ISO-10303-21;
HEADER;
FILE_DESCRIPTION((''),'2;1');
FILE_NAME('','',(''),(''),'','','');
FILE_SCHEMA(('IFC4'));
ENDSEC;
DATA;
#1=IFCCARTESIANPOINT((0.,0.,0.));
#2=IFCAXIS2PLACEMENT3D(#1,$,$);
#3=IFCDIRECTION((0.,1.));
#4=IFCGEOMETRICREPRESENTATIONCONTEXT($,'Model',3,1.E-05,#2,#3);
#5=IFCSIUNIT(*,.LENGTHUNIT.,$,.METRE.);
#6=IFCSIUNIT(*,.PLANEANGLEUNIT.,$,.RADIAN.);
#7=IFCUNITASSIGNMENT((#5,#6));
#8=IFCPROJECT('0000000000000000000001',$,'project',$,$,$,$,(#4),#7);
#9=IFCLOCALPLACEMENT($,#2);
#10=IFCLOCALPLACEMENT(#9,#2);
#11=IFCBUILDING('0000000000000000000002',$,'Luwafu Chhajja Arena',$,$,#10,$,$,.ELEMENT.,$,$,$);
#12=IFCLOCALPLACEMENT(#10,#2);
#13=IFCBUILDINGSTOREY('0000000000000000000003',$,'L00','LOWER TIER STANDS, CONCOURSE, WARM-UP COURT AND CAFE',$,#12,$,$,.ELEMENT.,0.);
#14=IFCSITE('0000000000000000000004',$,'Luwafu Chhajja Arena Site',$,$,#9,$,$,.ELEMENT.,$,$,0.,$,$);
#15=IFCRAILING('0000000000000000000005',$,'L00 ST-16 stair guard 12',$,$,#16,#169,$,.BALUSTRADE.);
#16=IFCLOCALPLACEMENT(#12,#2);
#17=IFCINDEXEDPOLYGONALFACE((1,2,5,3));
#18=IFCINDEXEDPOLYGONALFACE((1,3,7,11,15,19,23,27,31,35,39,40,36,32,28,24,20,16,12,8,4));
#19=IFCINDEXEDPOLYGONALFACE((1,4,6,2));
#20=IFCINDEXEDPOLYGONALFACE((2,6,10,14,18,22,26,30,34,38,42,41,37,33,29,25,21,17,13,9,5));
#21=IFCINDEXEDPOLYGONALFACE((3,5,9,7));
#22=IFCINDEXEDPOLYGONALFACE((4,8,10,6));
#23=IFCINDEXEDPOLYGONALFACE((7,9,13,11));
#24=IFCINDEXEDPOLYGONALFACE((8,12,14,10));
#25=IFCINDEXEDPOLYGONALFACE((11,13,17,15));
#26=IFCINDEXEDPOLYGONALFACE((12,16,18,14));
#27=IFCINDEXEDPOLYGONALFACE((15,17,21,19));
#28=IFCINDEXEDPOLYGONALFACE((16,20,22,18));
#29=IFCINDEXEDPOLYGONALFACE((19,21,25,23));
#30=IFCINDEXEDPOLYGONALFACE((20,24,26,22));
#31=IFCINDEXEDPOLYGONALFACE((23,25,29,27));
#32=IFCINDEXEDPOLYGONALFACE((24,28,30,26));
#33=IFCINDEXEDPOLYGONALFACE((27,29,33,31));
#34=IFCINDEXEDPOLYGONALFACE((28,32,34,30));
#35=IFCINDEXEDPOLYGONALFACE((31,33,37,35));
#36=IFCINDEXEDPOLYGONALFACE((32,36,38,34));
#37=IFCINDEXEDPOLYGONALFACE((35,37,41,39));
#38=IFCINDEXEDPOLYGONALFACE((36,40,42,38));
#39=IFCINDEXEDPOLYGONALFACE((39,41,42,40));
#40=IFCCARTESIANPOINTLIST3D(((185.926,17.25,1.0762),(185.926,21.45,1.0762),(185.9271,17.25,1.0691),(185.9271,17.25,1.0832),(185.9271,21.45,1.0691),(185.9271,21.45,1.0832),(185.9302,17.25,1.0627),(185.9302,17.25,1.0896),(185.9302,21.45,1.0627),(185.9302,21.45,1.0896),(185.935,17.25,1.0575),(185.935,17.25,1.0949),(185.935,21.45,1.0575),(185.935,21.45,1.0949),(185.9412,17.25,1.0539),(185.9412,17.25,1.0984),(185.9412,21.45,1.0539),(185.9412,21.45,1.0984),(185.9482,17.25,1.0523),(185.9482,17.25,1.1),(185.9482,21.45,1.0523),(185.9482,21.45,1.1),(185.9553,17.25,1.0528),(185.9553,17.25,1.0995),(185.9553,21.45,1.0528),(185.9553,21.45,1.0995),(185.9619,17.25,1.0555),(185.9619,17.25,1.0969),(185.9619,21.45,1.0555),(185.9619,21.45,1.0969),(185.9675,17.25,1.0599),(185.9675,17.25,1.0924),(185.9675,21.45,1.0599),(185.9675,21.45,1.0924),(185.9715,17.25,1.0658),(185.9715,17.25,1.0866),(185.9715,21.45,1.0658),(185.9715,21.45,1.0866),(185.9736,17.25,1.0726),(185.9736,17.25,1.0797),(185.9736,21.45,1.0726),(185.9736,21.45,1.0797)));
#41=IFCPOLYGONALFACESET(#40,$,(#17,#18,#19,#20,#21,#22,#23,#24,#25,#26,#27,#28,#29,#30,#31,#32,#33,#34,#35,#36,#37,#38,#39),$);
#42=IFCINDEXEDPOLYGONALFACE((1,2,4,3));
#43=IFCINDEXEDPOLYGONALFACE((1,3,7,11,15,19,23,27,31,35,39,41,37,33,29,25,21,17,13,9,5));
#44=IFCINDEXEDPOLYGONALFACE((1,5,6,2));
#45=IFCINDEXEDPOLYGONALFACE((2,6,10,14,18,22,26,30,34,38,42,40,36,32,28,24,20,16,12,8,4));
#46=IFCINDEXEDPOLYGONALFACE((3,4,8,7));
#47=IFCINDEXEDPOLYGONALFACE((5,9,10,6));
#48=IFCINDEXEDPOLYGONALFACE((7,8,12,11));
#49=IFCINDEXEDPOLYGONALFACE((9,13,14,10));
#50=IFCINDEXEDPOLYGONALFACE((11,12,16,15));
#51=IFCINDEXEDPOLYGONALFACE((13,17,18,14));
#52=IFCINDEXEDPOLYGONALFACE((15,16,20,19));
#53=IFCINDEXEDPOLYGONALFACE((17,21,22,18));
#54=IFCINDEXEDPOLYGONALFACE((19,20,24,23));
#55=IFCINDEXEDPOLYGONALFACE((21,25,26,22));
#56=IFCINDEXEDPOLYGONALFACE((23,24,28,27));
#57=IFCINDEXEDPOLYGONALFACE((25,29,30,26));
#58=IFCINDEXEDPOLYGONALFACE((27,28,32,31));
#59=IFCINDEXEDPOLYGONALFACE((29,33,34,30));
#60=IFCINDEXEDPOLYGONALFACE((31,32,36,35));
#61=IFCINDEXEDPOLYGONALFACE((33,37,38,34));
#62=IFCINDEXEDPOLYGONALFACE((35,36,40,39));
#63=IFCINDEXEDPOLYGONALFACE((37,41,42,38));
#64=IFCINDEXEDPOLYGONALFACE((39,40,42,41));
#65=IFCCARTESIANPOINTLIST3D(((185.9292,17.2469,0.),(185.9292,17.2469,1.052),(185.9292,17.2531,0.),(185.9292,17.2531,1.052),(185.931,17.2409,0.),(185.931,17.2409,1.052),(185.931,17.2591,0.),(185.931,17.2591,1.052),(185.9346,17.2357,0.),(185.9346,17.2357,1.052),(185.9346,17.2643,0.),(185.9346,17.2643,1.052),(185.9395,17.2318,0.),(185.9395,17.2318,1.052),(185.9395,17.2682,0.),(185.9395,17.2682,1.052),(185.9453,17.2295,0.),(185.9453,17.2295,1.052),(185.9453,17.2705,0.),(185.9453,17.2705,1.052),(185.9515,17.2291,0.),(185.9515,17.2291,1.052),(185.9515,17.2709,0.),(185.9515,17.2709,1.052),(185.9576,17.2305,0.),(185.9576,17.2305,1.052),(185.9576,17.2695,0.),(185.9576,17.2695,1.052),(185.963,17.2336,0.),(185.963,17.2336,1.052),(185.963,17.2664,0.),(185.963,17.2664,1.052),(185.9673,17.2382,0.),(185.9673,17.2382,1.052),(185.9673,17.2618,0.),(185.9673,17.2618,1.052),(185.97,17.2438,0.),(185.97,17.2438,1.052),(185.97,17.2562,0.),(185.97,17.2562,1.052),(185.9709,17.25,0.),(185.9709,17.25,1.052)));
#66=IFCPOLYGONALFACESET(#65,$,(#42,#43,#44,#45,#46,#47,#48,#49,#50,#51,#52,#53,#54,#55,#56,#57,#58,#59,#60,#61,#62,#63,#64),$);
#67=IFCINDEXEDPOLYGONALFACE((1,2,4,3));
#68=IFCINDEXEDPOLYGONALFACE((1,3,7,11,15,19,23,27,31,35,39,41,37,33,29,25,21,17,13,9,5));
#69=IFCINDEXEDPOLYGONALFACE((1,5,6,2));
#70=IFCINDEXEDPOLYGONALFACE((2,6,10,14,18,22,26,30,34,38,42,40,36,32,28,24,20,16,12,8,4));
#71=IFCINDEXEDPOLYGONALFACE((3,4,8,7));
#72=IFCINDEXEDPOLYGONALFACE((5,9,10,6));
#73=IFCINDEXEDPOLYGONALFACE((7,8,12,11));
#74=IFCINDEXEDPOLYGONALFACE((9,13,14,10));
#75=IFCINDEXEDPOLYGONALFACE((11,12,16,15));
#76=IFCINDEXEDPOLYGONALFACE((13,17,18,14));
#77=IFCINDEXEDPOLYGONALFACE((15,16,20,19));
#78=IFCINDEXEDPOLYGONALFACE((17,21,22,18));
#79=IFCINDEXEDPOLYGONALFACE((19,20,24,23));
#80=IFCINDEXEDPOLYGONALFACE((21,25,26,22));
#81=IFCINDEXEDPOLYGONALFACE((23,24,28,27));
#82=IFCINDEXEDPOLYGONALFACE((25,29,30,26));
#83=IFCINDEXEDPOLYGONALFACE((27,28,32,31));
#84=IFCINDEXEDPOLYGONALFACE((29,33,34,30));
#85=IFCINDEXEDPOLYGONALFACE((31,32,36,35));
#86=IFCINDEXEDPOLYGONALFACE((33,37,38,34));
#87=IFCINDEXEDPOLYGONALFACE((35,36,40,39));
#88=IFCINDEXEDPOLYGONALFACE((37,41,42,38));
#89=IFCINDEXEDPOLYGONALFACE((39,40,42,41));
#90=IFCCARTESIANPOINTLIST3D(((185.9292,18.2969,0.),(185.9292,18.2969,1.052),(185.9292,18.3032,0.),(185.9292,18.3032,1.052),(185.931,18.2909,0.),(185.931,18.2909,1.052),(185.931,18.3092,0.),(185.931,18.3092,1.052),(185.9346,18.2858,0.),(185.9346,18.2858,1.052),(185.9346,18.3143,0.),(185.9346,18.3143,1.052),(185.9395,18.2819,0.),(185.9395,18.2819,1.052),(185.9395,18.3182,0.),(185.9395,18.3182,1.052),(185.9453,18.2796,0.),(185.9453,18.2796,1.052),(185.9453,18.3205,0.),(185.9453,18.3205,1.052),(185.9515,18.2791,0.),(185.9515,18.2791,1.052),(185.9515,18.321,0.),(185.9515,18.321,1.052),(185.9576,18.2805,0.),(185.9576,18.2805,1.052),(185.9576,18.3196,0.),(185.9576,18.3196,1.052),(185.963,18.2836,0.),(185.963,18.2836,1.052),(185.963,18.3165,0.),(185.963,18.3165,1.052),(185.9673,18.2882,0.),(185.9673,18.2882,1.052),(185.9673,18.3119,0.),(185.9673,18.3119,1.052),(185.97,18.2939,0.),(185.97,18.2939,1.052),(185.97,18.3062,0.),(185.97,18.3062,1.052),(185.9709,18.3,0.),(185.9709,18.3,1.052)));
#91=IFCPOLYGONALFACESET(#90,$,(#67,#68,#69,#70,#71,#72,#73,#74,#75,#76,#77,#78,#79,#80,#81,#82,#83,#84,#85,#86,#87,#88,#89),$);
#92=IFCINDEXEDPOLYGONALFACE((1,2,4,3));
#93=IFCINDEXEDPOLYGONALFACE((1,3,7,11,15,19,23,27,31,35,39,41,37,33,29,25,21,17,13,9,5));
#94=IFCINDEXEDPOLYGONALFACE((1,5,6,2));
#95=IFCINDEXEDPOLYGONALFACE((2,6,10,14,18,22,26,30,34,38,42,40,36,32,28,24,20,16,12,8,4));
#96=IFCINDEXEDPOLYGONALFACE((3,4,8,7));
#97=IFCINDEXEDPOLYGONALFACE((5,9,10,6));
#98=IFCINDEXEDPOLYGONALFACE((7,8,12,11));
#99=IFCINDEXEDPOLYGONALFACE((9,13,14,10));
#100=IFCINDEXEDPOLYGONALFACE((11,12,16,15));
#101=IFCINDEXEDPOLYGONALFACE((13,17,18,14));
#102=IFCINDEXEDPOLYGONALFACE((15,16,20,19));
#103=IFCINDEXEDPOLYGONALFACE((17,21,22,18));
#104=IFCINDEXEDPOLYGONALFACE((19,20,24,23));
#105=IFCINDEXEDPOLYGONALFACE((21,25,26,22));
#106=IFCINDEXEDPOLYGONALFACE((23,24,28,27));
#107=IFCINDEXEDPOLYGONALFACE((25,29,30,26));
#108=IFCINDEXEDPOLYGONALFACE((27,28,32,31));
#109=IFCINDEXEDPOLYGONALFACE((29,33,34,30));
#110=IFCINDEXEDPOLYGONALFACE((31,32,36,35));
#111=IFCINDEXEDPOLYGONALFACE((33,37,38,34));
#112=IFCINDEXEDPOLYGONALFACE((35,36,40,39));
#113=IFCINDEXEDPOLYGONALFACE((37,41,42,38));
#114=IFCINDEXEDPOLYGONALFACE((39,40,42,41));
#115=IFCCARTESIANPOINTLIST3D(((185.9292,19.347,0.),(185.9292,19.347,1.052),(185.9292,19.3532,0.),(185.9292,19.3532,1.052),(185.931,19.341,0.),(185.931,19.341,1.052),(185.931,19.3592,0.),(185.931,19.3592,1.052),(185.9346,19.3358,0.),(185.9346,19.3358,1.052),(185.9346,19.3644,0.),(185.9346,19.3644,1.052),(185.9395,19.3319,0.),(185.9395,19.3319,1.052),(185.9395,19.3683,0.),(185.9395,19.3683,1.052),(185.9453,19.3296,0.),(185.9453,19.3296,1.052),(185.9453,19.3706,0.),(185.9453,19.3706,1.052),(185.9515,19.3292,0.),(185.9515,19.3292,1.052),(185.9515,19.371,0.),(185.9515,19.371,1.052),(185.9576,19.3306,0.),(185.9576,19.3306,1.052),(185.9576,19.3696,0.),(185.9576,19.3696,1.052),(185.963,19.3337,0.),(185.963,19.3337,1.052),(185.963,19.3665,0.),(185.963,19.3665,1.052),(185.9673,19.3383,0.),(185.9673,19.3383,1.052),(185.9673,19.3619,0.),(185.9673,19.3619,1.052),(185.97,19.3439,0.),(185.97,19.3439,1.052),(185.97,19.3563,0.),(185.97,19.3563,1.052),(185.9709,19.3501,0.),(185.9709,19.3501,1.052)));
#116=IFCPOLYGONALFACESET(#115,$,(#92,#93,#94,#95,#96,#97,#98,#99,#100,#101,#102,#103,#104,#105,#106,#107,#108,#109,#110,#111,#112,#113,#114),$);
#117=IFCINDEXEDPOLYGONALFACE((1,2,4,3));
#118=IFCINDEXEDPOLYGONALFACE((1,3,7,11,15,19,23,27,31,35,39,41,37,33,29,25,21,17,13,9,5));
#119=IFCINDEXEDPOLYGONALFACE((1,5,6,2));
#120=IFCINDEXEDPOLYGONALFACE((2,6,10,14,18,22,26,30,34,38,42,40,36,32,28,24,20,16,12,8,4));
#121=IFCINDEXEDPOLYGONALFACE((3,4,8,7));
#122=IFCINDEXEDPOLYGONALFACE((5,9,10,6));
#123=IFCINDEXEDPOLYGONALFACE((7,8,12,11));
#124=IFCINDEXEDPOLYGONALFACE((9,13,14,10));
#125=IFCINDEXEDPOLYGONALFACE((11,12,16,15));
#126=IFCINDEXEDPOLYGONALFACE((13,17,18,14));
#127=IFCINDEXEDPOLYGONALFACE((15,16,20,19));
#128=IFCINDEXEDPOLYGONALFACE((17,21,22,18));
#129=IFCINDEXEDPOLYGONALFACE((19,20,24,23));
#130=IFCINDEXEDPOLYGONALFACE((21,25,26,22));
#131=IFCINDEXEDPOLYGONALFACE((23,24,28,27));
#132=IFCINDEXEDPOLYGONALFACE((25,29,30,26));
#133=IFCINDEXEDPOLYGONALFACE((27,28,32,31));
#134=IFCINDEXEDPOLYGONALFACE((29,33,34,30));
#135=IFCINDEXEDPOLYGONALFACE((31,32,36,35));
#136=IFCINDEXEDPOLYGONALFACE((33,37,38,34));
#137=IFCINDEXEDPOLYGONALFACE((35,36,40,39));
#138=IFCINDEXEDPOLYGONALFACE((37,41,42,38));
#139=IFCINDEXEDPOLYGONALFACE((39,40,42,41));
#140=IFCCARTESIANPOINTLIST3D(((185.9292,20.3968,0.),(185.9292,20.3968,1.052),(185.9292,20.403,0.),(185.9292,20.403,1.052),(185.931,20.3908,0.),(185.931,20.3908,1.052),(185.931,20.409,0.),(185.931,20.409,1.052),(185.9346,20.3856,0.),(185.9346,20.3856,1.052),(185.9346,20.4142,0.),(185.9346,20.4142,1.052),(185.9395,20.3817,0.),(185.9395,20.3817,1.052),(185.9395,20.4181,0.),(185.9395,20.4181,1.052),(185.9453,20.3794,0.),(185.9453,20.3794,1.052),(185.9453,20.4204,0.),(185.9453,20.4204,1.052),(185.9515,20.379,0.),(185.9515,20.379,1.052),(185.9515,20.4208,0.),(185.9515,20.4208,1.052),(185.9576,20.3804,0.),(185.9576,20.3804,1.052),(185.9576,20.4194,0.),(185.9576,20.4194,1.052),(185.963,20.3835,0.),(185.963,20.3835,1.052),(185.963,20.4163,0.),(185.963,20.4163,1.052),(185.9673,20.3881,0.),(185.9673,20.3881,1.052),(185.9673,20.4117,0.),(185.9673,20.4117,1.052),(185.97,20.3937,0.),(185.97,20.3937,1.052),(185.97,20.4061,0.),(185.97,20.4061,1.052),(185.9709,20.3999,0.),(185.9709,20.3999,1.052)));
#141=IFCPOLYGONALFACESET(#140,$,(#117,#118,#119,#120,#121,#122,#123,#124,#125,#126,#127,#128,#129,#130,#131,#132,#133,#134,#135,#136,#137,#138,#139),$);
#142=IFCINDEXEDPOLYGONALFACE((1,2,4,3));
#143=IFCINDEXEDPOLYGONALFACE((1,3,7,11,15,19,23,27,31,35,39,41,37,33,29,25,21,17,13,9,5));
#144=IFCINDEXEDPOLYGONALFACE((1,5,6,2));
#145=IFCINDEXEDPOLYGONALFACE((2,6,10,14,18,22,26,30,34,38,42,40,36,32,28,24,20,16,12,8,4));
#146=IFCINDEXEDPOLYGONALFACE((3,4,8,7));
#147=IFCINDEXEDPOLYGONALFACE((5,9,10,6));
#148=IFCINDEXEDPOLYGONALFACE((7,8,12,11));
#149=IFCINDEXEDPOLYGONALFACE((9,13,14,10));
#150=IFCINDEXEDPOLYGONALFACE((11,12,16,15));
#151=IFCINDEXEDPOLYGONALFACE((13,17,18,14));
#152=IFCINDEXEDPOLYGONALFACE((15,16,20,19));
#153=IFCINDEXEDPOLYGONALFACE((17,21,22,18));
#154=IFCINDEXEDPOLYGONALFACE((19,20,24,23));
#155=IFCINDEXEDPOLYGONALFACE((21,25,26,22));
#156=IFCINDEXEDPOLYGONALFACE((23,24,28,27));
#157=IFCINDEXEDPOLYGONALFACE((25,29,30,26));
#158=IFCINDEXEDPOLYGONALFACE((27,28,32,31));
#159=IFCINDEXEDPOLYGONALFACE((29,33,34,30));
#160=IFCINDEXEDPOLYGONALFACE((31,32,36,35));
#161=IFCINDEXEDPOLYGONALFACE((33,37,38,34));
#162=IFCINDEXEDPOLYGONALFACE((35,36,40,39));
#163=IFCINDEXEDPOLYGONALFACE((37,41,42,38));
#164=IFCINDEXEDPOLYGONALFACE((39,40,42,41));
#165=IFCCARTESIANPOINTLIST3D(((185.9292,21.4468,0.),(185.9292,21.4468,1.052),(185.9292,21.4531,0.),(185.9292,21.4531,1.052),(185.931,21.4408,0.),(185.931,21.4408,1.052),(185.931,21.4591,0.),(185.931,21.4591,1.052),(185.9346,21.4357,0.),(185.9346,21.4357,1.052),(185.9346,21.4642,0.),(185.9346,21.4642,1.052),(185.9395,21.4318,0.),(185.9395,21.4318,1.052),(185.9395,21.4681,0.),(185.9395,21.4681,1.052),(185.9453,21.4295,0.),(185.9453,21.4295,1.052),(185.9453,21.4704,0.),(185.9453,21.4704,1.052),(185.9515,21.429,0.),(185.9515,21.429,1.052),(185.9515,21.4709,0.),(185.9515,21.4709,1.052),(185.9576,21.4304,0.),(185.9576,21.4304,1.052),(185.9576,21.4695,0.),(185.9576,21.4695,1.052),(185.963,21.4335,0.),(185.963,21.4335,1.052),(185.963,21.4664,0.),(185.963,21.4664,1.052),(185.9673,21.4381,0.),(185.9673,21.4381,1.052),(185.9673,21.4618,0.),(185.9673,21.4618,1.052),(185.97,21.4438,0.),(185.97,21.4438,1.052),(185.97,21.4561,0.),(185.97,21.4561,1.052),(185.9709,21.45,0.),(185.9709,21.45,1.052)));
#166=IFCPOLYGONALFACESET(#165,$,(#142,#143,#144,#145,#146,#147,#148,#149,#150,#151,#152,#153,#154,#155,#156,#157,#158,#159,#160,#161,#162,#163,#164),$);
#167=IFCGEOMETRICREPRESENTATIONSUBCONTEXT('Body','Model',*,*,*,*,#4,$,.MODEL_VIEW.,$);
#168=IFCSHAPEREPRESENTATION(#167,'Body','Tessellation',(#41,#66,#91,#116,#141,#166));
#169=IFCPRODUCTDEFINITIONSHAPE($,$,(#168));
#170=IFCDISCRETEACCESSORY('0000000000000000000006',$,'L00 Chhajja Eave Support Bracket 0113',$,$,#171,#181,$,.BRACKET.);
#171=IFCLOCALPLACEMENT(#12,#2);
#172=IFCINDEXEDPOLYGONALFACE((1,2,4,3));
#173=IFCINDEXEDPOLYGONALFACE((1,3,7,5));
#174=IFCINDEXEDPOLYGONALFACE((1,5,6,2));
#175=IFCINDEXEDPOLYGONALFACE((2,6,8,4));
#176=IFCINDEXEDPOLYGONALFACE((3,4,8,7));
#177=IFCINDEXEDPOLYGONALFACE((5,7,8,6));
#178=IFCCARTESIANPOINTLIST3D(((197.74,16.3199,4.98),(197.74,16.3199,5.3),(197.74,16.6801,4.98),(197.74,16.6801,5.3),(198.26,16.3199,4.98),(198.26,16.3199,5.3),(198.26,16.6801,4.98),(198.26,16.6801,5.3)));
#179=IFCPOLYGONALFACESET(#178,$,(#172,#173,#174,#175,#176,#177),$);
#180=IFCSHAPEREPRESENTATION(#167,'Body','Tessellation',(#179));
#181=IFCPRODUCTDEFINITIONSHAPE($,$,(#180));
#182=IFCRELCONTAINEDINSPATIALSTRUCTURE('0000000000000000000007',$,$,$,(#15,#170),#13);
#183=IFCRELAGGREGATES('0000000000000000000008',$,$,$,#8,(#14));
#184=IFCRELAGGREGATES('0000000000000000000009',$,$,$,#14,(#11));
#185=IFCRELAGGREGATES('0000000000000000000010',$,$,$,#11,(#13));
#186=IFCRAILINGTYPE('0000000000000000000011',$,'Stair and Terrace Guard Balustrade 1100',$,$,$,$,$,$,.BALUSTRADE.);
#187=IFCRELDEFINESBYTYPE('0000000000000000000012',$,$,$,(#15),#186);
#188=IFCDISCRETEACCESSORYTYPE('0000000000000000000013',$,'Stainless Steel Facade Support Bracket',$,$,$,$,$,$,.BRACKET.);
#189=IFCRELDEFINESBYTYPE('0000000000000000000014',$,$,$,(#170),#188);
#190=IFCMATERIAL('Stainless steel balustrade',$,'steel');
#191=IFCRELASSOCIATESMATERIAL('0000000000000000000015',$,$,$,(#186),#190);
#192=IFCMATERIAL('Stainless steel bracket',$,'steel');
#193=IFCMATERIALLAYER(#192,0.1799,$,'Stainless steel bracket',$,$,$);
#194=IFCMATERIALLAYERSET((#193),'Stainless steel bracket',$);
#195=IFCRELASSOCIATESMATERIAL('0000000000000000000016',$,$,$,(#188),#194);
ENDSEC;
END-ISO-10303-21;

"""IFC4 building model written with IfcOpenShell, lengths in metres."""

from ifc_helpers import new_model, si_unit, direction, frame, origin, origin_2d, place, context, subcontext, project, spatial, rectangle, circle, extrude, material, layer, layer_set, type_object, element, save


model = new_model("IFC4")

# Units and contexts
model_context = context("Model", 3, precision=1e-05, world=origin(), true_north=direction((0.0, 1.0)))
body_context = subcontext(model_context, "Body", "Model", "MODEL_VIEW")
ifc_project = project(units=[si_unit("LENGTHUNIT", "METRE"), si_unit("PLANEANGLEUNIT", "RADIAN")], contexts=[model_context])

# Site, building, storey
site_placement = place(None, origin())
site = spatial("IfcSite", under=ifc_project, at=site_placement, Name="Luwafu Chhajja Arena Site", CompositionType="ELEMENT", RefElevation=0.0)
building_placement = place(site_placement, origin())
building = spatial("IfcBuilding", under=site, at=building_placement, Name="Luwafu Chhajja Arena", CompositionType="ELEMENT")
storey_placement = place(building_placement, origin())
storey = spatial("IfcBuildingStorey", under=building, at=storey_placement, Name="L00", Description="LOWER TIER STANDS, CONCOURSE, WARM-UP COURT AND CAFE", CompositionType="ELEMENT", Elevation=0.0)

# Railing
ifc_material_1 = material(Name="Stainless steel balustrade", Category="steel")
railing_type_1 = type_object("IfcRailingType", Name="Stair and Terrace Guard Balustrade 1100", PredefinedType="BALUSTRADE", material=ifc_material_1)
railing_1_placement = place(storey_placement, frame((185.95, 17.25, 0.0)))
element("IfcRailing", 1, at=railing_1_placement, inside=storey, type_object=railing_type_1, Name="L00 ST-16 stair guard 12", PredefinedType="BALUSTRADE", context=body_context, shape_type="SweptSolid", body=[
    extrude(circle(Radius=0.0239, at=origin_2d()), frame((0.0, 0.0, 1.0762), z_axis=(0.0, 1.0, 0.0), x_axis=(-1.0, 0.0, 0.0)), (0.0, 0.0, 1.0), 4.2),
    extrude(circle(Radius=0.021, at=origin_2d()), origin(), (0.0, 0.0, 1.0), 1.052),
    extrude(circle(Radius=0.021, at=origin_2d()), frame((0.0, 1.05, 0.0)), (0.0, 0.0, 1.0), 1.052),
    extrude(circle(Radius=0.021, at=origin_2d()), frame((0.0, 2.1001, 0.0)), (0.0, 0.0, 1.0), 1.052),
    extrude(circle(Radius=0.021, at=origin_2d()), frame((0.0, 3.1499, 0.0)), (0.0, 0.0, 1.0), 1.052),
    extrude(circle(Radius=0.021, at=origin_2d()), frame((0.0, 4.2, 0.0)), (0.0, 0.0, 1.0), 1.052),
])

# Discrete accessory
ifc_material_2 = material(Name="Stainless steel bracket", Category="steel")
ifc_layer_1 = layer(ifc_material_2, 0.1799, Name="Stainless steel bracket")
ifc_layer_set_1 = layer_set([ifc_layer_1], Name="Stainless steel bracket")
discrete_accessory_type = type_object("IfcDiscreteAccessoryType", Name="Stainless Steel Facade Support Bracket", PredefinedType="BRACKET", material=ifc_layer_set_1)
discrete_accessory_placement = place(storey_placement, frame((198.0, 16.5, 4.98), z_axis=(0.0, 0.0, 1.0), x_axis=(0.0, 1.0, 0.0)))
element("IfcDiscreteAccessory", 2, at=discrete_accessory_placement, inside=storey, type_object=discrete_accessory_type, Name="L00 Chhajja Eave Support Bracket 0113", PredefinedType="BRACKET", context=body_context, shape_type="SweptSolid", body=[
    extrude(rectangle(XDim=0.3601, YDim=0.52, at=origin_2d()), origin(), (0.0, 0.0, 1.0), 0.3201),
])

save(model, "model.ifc")
